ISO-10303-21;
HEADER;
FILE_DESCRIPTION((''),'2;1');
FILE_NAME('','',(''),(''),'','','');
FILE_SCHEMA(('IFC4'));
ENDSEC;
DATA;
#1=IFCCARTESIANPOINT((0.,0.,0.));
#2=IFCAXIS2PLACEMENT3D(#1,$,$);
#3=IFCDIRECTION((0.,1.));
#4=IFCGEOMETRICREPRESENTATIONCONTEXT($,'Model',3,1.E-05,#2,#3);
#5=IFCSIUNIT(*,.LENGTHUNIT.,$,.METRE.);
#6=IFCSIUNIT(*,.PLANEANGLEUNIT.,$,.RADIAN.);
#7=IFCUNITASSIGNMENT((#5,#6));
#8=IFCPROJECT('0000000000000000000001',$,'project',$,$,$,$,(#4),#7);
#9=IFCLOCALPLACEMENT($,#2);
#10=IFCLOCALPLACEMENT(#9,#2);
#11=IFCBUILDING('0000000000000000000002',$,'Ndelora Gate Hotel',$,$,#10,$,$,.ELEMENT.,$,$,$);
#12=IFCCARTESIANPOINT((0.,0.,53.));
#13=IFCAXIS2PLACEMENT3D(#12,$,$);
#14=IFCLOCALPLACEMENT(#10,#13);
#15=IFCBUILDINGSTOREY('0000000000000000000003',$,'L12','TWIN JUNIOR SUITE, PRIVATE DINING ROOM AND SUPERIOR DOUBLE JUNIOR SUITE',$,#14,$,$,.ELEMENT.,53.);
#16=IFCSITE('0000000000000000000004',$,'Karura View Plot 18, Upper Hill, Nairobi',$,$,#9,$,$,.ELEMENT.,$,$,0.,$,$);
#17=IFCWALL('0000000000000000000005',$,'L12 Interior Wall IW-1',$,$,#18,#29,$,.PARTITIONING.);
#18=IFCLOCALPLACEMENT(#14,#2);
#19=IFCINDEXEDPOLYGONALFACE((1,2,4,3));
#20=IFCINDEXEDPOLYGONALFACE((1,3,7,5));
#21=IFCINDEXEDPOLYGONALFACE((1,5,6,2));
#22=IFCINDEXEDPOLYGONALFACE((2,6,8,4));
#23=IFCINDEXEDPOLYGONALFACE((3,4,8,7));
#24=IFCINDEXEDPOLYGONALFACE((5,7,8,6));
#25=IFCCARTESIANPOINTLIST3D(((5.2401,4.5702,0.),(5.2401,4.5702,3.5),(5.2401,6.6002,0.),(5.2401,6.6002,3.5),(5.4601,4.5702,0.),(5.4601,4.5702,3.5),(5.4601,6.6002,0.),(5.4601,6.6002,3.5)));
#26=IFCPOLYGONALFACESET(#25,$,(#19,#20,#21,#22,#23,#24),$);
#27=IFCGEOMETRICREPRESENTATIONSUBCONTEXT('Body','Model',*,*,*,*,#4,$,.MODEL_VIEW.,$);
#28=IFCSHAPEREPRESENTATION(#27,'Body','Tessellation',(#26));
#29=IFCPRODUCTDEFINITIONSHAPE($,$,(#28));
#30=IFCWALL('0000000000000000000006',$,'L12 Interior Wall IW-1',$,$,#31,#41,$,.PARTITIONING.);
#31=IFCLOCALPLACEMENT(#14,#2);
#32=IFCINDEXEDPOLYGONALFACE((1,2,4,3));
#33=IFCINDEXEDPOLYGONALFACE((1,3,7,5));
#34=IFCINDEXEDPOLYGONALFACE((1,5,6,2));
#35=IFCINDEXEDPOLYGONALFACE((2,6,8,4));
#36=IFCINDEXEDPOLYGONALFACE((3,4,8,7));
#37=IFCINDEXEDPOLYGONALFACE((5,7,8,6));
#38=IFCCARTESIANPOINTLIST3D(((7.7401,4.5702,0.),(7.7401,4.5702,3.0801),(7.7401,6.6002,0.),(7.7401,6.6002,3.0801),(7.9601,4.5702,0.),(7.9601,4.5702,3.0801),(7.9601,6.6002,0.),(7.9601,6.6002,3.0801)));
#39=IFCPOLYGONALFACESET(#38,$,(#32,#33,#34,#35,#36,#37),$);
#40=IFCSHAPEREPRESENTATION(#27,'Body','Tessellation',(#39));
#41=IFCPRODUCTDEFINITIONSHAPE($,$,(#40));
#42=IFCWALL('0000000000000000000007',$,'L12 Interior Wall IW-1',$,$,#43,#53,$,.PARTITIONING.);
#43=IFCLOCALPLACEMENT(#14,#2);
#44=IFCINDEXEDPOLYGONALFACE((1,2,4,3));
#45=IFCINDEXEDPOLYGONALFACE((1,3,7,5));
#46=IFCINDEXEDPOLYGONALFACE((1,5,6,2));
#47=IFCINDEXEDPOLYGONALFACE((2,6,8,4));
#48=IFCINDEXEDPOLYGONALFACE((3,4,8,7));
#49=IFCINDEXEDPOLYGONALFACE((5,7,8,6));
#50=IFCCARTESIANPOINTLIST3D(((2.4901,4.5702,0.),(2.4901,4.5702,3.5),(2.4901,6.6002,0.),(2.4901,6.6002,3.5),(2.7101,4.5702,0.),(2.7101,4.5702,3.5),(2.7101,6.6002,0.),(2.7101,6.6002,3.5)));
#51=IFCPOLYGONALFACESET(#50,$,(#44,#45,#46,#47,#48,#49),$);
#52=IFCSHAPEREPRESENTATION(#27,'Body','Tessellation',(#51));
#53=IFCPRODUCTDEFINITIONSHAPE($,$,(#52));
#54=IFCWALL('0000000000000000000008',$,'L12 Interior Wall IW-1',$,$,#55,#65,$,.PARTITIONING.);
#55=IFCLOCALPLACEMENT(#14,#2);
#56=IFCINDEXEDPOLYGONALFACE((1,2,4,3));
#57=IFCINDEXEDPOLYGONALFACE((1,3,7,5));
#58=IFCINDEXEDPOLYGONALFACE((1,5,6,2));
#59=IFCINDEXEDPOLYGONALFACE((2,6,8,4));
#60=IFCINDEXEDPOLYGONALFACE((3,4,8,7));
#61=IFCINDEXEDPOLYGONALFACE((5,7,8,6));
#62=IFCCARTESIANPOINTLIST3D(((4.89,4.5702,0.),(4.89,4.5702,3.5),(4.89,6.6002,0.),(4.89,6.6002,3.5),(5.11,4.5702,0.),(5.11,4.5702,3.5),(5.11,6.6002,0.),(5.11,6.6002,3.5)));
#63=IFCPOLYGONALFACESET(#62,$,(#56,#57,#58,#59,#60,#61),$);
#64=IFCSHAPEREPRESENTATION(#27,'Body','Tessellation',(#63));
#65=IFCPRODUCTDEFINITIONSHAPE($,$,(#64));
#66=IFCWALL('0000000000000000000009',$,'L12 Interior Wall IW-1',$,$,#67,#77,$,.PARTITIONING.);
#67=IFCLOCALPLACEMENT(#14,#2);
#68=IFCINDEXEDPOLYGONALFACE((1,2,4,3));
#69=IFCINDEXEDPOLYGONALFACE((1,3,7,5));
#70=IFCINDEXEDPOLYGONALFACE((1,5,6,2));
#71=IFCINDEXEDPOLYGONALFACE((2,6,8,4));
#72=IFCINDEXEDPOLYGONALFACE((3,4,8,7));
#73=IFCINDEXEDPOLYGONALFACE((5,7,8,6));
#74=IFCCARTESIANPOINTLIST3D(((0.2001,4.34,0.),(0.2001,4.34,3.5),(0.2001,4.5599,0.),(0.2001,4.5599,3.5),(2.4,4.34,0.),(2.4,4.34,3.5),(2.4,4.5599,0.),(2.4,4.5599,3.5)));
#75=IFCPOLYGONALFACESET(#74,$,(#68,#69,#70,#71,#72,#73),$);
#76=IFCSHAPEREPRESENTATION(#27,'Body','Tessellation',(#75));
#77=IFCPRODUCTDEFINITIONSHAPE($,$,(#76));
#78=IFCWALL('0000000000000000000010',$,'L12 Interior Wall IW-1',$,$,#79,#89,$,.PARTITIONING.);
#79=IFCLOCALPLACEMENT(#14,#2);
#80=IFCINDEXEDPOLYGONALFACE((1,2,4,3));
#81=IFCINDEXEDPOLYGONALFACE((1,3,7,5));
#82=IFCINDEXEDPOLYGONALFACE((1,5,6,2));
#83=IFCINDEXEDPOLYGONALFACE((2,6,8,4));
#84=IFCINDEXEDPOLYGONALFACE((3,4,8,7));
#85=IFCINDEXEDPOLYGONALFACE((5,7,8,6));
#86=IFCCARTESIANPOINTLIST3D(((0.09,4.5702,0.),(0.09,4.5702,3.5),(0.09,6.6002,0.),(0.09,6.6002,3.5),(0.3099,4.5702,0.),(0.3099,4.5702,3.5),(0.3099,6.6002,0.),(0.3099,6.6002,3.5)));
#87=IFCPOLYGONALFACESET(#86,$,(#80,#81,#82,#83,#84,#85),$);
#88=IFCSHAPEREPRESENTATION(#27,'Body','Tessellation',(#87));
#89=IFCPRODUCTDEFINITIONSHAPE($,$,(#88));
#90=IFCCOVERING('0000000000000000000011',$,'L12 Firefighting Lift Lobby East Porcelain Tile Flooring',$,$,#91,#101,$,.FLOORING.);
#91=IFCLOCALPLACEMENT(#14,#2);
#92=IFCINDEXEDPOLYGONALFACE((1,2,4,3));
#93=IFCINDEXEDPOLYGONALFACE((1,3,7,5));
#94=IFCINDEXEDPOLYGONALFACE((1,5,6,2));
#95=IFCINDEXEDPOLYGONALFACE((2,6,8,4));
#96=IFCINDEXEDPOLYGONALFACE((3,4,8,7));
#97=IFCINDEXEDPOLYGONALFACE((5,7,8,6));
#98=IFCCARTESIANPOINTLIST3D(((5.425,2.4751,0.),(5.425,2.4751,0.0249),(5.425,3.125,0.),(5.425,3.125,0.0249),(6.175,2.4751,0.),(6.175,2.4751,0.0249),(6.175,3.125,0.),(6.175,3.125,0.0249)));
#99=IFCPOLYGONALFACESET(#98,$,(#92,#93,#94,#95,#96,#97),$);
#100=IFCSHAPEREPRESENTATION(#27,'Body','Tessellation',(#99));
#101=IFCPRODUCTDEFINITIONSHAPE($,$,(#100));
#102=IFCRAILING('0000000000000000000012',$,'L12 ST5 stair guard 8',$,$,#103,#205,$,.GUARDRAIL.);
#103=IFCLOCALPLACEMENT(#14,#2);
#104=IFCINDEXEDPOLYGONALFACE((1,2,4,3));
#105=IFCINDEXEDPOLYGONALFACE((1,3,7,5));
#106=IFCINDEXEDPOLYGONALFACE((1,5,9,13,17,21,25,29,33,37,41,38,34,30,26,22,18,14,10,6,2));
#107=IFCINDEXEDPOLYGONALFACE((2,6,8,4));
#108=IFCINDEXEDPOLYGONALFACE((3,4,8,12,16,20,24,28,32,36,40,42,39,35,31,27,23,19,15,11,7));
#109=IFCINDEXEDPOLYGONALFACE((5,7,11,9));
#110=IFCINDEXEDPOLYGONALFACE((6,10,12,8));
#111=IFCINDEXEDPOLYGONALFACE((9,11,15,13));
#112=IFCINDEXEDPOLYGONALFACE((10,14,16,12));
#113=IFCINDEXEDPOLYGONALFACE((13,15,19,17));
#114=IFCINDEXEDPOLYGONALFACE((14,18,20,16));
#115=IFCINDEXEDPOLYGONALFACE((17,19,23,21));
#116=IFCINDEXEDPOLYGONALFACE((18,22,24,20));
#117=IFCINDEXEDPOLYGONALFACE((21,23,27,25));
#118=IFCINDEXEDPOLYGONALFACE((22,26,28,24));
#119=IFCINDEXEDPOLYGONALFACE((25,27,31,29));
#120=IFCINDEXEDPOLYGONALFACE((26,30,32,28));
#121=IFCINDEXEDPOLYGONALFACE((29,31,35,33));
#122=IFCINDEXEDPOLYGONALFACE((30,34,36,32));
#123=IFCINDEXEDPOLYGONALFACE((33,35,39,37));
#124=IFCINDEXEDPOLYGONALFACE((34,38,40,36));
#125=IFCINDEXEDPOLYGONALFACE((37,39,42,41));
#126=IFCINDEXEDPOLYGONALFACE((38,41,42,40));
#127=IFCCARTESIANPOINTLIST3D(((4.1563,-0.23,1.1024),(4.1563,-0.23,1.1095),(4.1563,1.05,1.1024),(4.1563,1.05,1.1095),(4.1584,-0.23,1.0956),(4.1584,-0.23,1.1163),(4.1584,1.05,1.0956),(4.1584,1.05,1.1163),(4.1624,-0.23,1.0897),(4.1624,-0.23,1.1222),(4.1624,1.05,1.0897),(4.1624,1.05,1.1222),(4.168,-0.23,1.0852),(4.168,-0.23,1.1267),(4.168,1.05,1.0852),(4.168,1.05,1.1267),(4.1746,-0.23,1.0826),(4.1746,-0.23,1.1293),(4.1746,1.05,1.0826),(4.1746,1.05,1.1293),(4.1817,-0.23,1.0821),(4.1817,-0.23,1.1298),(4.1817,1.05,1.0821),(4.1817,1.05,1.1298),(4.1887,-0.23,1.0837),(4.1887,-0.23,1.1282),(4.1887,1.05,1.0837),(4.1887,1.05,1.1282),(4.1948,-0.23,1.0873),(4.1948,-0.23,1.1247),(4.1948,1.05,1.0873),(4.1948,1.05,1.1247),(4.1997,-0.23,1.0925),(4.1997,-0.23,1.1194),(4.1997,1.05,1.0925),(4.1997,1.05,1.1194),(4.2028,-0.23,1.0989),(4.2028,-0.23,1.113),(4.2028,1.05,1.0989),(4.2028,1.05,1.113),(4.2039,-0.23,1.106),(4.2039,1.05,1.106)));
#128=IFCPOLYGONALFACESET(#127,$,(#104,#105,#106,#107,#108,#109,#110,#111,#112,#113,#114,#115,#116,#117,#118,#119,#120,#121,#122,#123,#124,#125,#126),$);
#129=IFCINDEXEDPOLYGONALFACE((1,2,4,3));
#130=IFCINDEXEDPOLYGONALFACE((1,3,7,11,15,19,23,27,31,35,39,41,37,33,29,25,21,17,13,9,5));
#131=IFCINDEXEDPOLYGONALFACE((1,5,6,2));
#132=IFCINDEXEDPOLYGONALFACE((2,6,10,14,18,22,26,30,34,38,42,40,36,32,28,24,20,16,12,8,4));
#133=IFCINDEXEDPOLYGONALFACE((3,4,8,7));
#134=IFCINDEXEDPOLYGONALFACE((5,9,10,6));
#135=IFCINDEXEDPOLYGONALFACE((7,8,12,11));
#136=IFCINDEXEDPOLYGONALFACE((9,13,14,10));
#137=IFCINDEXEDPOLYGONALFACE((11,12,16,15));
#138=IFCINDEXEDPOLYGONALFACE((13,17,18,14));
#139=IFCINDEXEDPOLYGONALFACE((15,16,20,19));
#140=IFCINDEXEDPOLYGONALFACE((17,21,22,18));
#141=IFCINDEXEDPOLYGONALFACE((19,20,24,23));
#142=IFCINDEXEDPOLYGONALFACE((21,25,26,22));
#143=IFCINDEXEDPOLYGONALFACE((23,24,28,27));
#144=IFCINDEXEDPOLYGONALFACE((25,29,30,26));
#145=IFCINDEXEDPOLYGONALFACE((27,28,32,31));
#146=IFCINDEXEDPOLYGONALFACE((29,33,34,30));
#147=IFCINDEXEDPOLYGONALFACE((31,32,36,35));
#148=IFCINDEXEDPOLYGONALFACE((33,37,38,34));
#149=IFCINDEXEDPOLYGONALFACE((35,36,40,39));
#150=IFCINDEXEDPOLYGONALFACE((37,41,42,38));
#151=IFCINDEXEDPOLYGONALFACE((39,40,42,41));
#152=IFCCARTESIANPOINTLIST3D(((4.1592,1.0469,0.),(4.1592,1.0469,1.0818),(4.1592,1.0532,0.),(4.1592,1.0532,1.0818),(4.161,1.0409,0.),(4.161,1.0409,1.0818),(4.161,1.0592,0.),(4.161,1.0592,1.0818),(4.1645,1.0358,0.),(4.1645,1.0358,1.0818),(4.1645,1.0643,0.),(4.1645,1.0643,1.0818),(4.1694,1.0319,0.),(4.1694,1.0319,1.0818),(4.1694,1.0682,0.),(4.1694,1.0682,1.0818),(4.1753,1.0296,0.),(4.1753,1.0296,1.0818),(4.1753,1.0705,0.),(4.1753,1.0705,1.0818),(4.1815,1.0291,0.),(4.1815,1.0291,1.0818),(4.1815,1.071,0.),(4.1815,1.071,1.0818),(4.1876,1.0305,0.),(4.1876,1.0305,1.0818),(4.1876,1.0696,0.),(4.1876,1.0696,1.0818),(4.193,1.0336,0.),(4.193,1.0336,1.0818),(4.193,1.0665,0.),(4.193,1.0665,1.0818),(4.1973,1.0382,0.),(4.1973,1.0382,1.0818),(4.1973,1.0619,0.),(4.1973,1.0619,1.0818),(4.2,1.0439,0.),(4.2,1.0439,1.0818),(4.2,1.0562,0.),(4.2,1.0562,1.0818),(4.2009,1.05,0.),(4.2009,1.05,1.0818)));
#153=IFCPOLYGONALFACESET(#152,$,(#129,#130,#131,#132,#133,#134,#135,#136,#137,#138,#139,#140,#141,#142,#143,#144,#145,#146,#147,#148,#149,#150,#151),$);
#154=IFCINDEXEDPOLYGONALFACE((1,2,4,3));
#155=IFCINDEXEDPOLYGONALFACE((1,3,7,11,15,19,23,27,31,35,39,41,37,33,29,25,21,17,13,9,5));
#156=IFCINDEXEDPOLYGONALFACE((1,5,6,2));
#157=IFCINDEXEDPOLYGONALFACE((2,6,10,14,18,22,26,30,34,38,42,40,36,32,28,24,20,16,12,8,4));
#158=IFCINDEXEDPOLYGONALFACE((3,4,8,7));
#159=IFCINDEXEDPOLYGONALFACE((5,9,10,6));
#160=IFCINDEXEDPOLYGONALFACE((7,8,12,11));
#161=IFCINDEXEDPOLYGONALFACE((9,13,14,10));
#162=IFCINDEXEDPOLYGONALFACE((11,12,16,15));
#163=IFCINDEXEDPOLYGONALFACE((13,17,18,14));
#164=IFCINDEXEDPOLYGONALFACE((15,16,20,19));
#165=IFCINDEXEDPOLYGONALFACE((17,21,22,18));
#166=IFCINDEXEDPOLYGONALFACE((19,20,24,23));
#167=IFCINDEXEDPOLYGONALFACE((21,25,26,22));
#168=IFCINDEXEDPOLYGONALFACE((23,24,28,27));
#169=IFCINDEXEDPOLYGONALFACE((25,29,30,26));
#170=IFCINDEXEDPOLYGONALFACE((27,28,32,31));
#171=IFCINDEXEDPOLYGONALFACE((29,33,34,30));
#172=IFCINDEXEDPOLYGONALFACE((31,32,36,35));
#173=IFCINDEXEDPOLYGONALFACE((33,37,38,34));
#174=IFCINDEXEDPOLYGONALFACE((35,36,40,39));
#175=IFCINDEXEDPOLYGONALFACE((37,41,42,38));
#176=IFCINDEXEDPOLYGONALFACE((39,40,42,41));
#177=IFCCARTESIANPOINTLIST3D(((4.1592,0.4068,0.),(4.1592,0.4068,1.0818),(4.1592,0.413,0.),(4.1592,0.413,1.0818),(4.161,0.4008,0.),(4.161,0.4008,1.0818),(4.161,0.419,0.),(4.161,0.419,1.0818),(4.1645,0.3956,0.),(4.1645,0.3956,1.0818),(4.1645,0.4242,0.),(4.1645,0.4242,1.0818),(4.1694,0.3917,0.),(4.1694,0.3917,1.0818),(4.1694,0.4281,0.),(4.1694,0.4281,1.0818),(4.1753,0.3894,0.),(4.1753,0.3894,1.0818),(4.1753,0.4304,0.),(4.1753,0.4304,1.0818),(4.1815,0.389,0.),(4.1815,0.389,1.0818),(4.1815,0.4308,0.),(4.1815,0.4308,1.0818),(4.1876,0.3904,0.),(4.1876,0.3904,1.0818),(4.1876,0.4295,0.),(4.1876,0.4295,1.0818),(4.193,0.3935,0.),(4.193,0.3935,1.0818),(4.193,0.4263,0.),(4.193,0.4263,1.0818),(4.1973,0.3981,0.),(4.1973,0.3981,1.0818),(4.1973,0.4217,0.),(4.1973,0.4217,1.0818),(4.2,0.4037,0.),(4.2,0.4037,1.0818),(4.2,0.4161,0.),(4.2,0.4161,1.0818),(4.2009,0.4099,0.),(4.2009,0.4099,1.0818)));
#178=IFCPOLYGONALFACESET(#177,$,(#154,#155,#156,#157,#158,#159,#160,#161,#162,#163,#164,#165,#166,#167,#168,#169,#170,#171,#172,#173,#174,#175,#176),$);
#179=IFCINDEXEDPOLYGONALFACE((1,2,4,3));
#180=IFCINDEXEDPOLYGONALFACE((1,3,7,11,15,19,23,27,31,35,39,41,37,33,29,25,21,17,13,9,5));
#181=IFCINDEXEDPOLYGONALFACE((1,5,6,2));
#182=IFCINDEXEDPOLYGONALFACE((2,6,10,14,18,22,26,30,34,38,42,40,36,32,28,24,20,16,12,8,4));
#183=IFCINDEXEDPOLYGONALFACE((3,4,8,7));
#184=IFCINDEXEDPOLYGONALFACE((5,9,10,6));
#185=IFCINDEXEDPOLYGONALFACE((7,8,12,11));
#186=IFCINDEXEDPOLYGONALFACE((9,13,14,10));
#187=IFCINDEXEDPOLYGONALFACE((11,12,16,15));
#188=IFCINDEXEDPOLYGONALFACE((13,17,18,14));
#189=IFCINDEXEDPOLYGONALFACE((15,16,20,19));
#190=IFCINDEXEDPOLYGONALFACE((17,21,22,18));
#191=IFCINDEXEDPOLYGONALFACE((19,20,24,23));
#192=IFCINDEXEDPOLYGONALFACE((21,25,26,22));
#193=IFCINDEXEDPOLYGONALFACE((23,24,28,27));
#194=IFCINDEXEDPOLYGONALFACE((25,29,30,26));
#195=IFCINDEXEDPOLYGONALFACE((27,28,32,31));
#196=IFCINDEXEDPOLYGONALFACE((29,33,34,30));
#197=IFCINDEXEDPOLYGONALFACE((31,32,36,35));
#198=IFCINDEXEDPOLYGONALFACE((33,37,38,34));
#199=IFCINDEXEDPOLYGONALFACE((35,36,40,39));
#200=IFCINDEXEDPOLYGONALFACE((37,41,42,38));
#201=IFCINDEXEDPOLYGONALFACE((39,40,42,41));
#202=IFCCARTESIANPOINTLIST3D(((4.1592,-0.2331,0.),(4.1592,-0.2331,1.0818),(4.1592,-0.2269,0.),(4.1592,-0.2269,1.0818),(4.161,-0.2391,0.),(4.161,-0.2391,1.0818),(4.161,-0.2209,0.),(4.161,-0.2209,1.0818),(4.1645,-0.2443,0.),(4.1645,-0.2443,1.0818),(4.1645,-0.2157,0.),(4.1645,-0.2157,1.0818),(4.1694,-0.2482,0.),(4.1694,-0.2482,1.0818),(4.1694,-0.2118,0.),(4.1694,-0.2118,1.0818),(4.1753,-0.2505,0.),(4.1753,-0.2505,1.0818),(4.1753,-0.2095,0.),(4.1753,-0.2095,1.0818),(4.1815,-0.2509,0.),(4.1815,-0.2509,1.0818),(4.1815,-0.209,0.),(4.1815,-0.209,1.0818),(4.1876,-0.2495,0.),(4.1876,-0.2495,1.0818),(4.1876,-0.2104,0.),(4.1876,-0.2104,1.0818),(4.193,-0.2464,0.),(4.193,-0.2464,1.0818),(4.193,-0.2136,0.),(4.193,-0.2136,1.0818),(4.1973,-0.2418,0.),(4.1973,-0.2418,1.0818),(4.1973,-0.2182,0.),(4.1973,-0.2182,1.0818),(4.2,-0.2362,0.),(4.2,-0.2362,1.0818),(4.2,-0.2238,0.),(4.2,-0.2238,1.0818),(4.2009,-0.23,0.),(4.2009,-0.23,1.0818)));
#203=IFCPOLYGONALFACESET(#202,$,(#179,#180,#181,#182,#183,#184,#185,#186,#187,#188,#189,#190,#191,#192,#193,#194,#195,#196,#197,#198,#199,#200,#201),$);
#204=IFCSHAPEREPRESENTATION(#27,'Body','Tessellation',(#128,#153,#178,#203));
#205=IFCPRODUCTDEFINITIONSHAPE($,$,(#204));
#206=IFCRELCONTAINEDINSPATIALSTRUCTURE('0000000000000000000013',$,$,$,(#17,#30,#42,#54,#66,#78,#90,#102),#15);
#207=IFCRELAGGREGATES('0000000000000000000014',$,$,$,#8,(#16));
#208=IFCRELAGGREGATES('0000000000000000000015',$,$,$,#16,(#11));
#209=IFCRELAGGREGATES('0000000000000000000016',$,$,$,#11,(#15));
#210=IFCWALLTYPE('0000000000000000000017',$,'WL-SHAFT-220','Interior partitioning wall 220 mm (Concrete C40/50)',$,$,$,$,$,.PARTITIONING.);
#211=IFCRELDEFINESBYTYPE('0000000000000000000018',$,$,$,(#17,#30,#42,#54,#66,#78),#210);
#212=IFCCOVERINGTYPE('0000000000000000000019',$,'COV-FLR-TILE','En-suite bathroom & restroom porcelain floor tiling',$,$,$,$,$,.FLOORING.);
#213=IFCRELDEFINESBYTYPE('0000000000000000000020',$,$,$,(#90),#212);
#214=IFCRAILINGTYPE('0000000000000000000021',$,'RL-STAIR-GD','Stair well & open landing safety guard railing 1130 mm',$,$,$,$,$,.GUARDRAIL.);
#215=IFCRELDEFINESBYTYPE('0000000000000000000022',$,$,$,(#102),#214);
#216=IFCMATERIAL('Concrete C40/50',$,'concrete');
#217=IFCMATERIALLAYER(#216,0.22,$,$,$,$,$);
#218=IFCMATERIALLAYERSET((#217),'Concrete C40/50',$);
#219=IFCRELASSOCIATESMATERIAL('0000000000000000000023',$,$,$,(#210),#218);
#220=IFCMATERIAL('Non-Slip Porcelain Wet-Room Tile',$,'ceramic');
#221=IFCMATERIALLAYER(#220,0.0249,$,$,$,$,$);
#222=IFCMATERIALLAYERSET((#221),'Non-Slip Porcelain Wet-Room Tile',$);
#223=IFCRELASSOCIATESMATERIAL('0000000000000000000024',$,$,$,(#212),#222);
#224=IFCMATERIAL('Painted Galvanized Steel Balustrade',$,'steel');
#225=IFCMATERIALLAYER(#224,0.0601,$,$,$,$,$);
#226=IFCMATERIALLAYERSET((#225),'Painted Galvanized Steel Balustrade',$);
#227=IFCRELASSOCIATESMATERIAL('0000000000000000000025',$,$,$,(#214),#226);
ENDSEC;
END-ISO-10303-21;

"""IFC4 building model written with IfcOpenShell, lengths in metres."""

from ifc_helpers import new_model, si_unit, direction, frame, frame_2d, origin, origin_2d, place, context, subcontext, project, spatial, rectangle, circle, extrude, material, layer, layer_set, type_object, element, save


model = new_model("IFC4")

# Units and contexts
model_context = context("Model", 3, precision=1e-05, world=origin(), true_north=direction((0.0, 1.0)))
body_context = subcontext(model_context, "Body", "Model", "MODEL_VIEW")
ifc_project = project(units=[si_unit("LENGTHUNIT", "METRE"), si_unit("PLANEANGLEUNIT", "RADIAN")], contexts=[model_context])

# Site, building, storey
site_placement = place(None, origin())
site = spatial("IfcSite", under=ifc_project, at=site_placement, Name="Karura View Plot 18, Upper Hill, Nairobi", CompositionType="ELEMENT", RefElevation=0.0)
building_placement = place(site_placement, origin())
building = spatial("IfcBuilding", under=site, at=building_placement, Name="Ndelora Gate Hotel", CompositionType="ELEMENT")
storey_placement = place(building_placement, frame((0.0, 0.0, 53.0)))
storey = spatial("IfcBuildingStorey", under=building, at=storey_placement, Name="L12", Description="TWIN JUNIOR SUITE, PRIVATE DINING ROOM AND SUPERIOR DOUBLE JUNIOR SUITE", CompositionType="ELEMENT", Elevation=53.0)

# Shared definitions
ifc_material_1 = material(Name="Concrete C40/50", Category="concrete")

# Shared definitions
ifc_layer_1 = layer(ifc_material_1, 0.22)
ifc_layer_set_1 = layer_set([ifc_layer_1], Name="Concrete C40/50")
wall_type_1 = type_object("IfcWallType", Name="WL-SHAFT-220", Description="Interior partitioning wall 220 mm (Concrete C40/50)", PredefinedType="PARTITIONING", material=ifc_layer_set_1)

# Walls
wall_1_placement = place(storey_placement, frame((5.3501, 4.5701, 0.0), z_axis=(0.0, 0.0, 1.0), x_axis=(0.0, 1.0, 0.0)))
element("IfcWall", 1, at=wall_1_placement, inside=storey, type_object=wall_type_1, Name="L12 Interior Wall IW-1", PredefinedType="PARTITIONING", context=body_context, shape_type="SweptSolid", body=[
    extrude(rectangle(XDim=2.03, YDim=0.22, at=frame_2d((1.0151, 0.0))), origin(), (0.0, 0.0, 1.0), 3.5),
])
wall_2_placement = place(storey_placement, frame((7.8501, 4.5701, 0.0), z_axis=(0.0, 0.0, 1.0), x_axis=(0.0, 1.0, 0.0)))
element("IfcWall", 2, at=wall_2_placement, inside=storey, type_object=wall_type_1, Name="L12 Interior Wall IW-1", PredefinedType="PARTITIONING", context=body_context, shape_type="SweptSolid", body=[
    extrude(rectangle(XDim=2.03, YDim=0.22, at=frame_2d((1.0151, 0.0))), origin(), (0.0, 0.0, 1.0), 3.0801),
])

# Walls
for number, where, z_axis, x_axis, name in (
    (3, (2.6001, 4.5701, 0.0), (0.0, 0.0, 1.0), (0.0, 1.0, 0.0), "L12 Interior Wall IW-1"),
    (4, (5.0, 4.5701, 0.0), (0.0, 0.0, 1.0), (0.0, 1.0, 0.0), "L12 Interior Wall IW-1"),
):
    element("IfcWall", number, at=place(storey_placement, frame(where, z_axis=z_axis, x_axis=x_axis)), inside=storey, type_object=wall_type_1, Name=name, PredefinedType="PARTITIONING", context=body_context, shape_type="SweptSolid", body=[
        extrude(rectangle(XDim=2.03, YDim=0.22, at=frame_2d((1.0151, 0.0))), origin(), (0.0, 0.0, 1.0), 3.5),
    ])
wall_3_placement = place(storey_placement, frame((0.2, 4.45, 0.0), z_axis=(0.0, 0.0, 1.0), x_axis=(1.0, 0.0, 0.0)))
element("IfcWall", 5, at=wall_3_placement, inside=storey, type_object=wall_type_1, Name="L12 Interior Wall IW-1", PredefinedType="PARTITIONING", context=body_context, shape_type="SweptSolid", body=[
    extrude(rectangle(XDim=2.2, YDim=0.22, at=frame_2d((1.1001, 0.0))), origin(), (0.0, 0.0, 1.0), 3.5),
])
wall_4_placement = place(storey_placement, frame((0.2, 4.5701, 0.0), z_axis=(0.0, 0.0, 1.0), x_axis=(0.0, 1.0, 0.0)))
element("IfcWall", 6, at=wall_4_placement, inside=storey, type_object=wall_type_1, Name="L12 Interior Wall IW-1", PredefinedType="PARTITIONING", context=body_context, shape_type="SweptSolid", body=[
    extrude(rectangle(XDim=2.03, YDim=0.22, at=frame_2d((1.0151, 0.0))), origin(), (0.0, 0.0, 1.0), 3.5),
])

# Covering
ifc_material_2 = material(Name="Non-Slip Porcelain Wet-Room Tile", Category="ceramic")
ifc_layer_2 = layer(ifc_material_2, 0.0249)
ifc_layer_set_2 = layer_set([ifc_layer_2], Name="Non-Slip Porcelain Wet-Room Tile")
covering_type = type_object("IfcCoveringType", Name="COV-FLR-TILE", Description="En-suite bathroom & restroom porcelain floor tiling", PredefinedType="FLOORING", material=ifc_layer_set_2)
covering_placement = place(storey_placement, frame((5.8, 2.8, 0.0), z_axis=(0.0, 0.0, 1.0), x_axis=(1.0, 0.0, 0.0)))
element("IfcCovering", 7, at=covering_placement, inside=storey, type_object=covering_type, Name="L12 Firefighting Lift Lobby East Porcelain Tile Flooring", PredefinedType="FLOORING", context=body_context, shape_type="SweptSolid", body=[
    extrude(rectangle(XDim=0.75, YDim=0.6499, at=origin_2d()), origin(), (0.0, 0.0, 1.0), 0.0249),
])

# Railing
ifc_material_3 = material(Name="Painted Galvanized Steel Balustrade", Category="steel")
ifc_layer_3 = layer(ifc_material_3, 0.0601)
ifc_layer_set_3 = layer_set([ifc_layer_3], Name="Painted Galvanized Steel Balustrade")
railing_type = type_object("IfcRailingType", Name="RL-STAIR-GD", Description="Stair well & open landing safety guard railing 1130 mm", PredefinedType="GUARDRAIL", material=ifc_layer_set_3)
for number, where, name in (
    (8, (4.1799, 1.05, 0.0), "L12 ST5 stair guard 8"),
):
    element("IfcRailing", number, at=place(storey_placement, frame(where)), inside=storey, type_object=railing_type, Name=name, PredefinedType="GUARDRAIL", context=body_context, shape_type="SweptSolid", body=[
        extrude(circle(Radius=0.0239, at=origin_2d()), frame((0.0, 0.0, 1.106), z_axis=(0.0, -1.0, 0.0), x_axis=(1.0, 0.0, 0.0)), (0.0, 0.0, 1.0), 1.28),
        extrude(circle(Radius=0.021, at=origin_2d()), origin(), (0.0, 0.0, 1.0), 1.0818),
        extrude(circle(Radius=0.021, at=origin_2d()), frame((0.0, -0.6401, 0.0)), (0.0, 0.0, 1.0), 1.0818),
        extrude(circle(Radius=0.021, at=origin_2d()), frame((0.0, -1.28, 0.0)), (0.0, 0.0, 1.0), 1.0818),
    ])

save(model, "model.ifc")
